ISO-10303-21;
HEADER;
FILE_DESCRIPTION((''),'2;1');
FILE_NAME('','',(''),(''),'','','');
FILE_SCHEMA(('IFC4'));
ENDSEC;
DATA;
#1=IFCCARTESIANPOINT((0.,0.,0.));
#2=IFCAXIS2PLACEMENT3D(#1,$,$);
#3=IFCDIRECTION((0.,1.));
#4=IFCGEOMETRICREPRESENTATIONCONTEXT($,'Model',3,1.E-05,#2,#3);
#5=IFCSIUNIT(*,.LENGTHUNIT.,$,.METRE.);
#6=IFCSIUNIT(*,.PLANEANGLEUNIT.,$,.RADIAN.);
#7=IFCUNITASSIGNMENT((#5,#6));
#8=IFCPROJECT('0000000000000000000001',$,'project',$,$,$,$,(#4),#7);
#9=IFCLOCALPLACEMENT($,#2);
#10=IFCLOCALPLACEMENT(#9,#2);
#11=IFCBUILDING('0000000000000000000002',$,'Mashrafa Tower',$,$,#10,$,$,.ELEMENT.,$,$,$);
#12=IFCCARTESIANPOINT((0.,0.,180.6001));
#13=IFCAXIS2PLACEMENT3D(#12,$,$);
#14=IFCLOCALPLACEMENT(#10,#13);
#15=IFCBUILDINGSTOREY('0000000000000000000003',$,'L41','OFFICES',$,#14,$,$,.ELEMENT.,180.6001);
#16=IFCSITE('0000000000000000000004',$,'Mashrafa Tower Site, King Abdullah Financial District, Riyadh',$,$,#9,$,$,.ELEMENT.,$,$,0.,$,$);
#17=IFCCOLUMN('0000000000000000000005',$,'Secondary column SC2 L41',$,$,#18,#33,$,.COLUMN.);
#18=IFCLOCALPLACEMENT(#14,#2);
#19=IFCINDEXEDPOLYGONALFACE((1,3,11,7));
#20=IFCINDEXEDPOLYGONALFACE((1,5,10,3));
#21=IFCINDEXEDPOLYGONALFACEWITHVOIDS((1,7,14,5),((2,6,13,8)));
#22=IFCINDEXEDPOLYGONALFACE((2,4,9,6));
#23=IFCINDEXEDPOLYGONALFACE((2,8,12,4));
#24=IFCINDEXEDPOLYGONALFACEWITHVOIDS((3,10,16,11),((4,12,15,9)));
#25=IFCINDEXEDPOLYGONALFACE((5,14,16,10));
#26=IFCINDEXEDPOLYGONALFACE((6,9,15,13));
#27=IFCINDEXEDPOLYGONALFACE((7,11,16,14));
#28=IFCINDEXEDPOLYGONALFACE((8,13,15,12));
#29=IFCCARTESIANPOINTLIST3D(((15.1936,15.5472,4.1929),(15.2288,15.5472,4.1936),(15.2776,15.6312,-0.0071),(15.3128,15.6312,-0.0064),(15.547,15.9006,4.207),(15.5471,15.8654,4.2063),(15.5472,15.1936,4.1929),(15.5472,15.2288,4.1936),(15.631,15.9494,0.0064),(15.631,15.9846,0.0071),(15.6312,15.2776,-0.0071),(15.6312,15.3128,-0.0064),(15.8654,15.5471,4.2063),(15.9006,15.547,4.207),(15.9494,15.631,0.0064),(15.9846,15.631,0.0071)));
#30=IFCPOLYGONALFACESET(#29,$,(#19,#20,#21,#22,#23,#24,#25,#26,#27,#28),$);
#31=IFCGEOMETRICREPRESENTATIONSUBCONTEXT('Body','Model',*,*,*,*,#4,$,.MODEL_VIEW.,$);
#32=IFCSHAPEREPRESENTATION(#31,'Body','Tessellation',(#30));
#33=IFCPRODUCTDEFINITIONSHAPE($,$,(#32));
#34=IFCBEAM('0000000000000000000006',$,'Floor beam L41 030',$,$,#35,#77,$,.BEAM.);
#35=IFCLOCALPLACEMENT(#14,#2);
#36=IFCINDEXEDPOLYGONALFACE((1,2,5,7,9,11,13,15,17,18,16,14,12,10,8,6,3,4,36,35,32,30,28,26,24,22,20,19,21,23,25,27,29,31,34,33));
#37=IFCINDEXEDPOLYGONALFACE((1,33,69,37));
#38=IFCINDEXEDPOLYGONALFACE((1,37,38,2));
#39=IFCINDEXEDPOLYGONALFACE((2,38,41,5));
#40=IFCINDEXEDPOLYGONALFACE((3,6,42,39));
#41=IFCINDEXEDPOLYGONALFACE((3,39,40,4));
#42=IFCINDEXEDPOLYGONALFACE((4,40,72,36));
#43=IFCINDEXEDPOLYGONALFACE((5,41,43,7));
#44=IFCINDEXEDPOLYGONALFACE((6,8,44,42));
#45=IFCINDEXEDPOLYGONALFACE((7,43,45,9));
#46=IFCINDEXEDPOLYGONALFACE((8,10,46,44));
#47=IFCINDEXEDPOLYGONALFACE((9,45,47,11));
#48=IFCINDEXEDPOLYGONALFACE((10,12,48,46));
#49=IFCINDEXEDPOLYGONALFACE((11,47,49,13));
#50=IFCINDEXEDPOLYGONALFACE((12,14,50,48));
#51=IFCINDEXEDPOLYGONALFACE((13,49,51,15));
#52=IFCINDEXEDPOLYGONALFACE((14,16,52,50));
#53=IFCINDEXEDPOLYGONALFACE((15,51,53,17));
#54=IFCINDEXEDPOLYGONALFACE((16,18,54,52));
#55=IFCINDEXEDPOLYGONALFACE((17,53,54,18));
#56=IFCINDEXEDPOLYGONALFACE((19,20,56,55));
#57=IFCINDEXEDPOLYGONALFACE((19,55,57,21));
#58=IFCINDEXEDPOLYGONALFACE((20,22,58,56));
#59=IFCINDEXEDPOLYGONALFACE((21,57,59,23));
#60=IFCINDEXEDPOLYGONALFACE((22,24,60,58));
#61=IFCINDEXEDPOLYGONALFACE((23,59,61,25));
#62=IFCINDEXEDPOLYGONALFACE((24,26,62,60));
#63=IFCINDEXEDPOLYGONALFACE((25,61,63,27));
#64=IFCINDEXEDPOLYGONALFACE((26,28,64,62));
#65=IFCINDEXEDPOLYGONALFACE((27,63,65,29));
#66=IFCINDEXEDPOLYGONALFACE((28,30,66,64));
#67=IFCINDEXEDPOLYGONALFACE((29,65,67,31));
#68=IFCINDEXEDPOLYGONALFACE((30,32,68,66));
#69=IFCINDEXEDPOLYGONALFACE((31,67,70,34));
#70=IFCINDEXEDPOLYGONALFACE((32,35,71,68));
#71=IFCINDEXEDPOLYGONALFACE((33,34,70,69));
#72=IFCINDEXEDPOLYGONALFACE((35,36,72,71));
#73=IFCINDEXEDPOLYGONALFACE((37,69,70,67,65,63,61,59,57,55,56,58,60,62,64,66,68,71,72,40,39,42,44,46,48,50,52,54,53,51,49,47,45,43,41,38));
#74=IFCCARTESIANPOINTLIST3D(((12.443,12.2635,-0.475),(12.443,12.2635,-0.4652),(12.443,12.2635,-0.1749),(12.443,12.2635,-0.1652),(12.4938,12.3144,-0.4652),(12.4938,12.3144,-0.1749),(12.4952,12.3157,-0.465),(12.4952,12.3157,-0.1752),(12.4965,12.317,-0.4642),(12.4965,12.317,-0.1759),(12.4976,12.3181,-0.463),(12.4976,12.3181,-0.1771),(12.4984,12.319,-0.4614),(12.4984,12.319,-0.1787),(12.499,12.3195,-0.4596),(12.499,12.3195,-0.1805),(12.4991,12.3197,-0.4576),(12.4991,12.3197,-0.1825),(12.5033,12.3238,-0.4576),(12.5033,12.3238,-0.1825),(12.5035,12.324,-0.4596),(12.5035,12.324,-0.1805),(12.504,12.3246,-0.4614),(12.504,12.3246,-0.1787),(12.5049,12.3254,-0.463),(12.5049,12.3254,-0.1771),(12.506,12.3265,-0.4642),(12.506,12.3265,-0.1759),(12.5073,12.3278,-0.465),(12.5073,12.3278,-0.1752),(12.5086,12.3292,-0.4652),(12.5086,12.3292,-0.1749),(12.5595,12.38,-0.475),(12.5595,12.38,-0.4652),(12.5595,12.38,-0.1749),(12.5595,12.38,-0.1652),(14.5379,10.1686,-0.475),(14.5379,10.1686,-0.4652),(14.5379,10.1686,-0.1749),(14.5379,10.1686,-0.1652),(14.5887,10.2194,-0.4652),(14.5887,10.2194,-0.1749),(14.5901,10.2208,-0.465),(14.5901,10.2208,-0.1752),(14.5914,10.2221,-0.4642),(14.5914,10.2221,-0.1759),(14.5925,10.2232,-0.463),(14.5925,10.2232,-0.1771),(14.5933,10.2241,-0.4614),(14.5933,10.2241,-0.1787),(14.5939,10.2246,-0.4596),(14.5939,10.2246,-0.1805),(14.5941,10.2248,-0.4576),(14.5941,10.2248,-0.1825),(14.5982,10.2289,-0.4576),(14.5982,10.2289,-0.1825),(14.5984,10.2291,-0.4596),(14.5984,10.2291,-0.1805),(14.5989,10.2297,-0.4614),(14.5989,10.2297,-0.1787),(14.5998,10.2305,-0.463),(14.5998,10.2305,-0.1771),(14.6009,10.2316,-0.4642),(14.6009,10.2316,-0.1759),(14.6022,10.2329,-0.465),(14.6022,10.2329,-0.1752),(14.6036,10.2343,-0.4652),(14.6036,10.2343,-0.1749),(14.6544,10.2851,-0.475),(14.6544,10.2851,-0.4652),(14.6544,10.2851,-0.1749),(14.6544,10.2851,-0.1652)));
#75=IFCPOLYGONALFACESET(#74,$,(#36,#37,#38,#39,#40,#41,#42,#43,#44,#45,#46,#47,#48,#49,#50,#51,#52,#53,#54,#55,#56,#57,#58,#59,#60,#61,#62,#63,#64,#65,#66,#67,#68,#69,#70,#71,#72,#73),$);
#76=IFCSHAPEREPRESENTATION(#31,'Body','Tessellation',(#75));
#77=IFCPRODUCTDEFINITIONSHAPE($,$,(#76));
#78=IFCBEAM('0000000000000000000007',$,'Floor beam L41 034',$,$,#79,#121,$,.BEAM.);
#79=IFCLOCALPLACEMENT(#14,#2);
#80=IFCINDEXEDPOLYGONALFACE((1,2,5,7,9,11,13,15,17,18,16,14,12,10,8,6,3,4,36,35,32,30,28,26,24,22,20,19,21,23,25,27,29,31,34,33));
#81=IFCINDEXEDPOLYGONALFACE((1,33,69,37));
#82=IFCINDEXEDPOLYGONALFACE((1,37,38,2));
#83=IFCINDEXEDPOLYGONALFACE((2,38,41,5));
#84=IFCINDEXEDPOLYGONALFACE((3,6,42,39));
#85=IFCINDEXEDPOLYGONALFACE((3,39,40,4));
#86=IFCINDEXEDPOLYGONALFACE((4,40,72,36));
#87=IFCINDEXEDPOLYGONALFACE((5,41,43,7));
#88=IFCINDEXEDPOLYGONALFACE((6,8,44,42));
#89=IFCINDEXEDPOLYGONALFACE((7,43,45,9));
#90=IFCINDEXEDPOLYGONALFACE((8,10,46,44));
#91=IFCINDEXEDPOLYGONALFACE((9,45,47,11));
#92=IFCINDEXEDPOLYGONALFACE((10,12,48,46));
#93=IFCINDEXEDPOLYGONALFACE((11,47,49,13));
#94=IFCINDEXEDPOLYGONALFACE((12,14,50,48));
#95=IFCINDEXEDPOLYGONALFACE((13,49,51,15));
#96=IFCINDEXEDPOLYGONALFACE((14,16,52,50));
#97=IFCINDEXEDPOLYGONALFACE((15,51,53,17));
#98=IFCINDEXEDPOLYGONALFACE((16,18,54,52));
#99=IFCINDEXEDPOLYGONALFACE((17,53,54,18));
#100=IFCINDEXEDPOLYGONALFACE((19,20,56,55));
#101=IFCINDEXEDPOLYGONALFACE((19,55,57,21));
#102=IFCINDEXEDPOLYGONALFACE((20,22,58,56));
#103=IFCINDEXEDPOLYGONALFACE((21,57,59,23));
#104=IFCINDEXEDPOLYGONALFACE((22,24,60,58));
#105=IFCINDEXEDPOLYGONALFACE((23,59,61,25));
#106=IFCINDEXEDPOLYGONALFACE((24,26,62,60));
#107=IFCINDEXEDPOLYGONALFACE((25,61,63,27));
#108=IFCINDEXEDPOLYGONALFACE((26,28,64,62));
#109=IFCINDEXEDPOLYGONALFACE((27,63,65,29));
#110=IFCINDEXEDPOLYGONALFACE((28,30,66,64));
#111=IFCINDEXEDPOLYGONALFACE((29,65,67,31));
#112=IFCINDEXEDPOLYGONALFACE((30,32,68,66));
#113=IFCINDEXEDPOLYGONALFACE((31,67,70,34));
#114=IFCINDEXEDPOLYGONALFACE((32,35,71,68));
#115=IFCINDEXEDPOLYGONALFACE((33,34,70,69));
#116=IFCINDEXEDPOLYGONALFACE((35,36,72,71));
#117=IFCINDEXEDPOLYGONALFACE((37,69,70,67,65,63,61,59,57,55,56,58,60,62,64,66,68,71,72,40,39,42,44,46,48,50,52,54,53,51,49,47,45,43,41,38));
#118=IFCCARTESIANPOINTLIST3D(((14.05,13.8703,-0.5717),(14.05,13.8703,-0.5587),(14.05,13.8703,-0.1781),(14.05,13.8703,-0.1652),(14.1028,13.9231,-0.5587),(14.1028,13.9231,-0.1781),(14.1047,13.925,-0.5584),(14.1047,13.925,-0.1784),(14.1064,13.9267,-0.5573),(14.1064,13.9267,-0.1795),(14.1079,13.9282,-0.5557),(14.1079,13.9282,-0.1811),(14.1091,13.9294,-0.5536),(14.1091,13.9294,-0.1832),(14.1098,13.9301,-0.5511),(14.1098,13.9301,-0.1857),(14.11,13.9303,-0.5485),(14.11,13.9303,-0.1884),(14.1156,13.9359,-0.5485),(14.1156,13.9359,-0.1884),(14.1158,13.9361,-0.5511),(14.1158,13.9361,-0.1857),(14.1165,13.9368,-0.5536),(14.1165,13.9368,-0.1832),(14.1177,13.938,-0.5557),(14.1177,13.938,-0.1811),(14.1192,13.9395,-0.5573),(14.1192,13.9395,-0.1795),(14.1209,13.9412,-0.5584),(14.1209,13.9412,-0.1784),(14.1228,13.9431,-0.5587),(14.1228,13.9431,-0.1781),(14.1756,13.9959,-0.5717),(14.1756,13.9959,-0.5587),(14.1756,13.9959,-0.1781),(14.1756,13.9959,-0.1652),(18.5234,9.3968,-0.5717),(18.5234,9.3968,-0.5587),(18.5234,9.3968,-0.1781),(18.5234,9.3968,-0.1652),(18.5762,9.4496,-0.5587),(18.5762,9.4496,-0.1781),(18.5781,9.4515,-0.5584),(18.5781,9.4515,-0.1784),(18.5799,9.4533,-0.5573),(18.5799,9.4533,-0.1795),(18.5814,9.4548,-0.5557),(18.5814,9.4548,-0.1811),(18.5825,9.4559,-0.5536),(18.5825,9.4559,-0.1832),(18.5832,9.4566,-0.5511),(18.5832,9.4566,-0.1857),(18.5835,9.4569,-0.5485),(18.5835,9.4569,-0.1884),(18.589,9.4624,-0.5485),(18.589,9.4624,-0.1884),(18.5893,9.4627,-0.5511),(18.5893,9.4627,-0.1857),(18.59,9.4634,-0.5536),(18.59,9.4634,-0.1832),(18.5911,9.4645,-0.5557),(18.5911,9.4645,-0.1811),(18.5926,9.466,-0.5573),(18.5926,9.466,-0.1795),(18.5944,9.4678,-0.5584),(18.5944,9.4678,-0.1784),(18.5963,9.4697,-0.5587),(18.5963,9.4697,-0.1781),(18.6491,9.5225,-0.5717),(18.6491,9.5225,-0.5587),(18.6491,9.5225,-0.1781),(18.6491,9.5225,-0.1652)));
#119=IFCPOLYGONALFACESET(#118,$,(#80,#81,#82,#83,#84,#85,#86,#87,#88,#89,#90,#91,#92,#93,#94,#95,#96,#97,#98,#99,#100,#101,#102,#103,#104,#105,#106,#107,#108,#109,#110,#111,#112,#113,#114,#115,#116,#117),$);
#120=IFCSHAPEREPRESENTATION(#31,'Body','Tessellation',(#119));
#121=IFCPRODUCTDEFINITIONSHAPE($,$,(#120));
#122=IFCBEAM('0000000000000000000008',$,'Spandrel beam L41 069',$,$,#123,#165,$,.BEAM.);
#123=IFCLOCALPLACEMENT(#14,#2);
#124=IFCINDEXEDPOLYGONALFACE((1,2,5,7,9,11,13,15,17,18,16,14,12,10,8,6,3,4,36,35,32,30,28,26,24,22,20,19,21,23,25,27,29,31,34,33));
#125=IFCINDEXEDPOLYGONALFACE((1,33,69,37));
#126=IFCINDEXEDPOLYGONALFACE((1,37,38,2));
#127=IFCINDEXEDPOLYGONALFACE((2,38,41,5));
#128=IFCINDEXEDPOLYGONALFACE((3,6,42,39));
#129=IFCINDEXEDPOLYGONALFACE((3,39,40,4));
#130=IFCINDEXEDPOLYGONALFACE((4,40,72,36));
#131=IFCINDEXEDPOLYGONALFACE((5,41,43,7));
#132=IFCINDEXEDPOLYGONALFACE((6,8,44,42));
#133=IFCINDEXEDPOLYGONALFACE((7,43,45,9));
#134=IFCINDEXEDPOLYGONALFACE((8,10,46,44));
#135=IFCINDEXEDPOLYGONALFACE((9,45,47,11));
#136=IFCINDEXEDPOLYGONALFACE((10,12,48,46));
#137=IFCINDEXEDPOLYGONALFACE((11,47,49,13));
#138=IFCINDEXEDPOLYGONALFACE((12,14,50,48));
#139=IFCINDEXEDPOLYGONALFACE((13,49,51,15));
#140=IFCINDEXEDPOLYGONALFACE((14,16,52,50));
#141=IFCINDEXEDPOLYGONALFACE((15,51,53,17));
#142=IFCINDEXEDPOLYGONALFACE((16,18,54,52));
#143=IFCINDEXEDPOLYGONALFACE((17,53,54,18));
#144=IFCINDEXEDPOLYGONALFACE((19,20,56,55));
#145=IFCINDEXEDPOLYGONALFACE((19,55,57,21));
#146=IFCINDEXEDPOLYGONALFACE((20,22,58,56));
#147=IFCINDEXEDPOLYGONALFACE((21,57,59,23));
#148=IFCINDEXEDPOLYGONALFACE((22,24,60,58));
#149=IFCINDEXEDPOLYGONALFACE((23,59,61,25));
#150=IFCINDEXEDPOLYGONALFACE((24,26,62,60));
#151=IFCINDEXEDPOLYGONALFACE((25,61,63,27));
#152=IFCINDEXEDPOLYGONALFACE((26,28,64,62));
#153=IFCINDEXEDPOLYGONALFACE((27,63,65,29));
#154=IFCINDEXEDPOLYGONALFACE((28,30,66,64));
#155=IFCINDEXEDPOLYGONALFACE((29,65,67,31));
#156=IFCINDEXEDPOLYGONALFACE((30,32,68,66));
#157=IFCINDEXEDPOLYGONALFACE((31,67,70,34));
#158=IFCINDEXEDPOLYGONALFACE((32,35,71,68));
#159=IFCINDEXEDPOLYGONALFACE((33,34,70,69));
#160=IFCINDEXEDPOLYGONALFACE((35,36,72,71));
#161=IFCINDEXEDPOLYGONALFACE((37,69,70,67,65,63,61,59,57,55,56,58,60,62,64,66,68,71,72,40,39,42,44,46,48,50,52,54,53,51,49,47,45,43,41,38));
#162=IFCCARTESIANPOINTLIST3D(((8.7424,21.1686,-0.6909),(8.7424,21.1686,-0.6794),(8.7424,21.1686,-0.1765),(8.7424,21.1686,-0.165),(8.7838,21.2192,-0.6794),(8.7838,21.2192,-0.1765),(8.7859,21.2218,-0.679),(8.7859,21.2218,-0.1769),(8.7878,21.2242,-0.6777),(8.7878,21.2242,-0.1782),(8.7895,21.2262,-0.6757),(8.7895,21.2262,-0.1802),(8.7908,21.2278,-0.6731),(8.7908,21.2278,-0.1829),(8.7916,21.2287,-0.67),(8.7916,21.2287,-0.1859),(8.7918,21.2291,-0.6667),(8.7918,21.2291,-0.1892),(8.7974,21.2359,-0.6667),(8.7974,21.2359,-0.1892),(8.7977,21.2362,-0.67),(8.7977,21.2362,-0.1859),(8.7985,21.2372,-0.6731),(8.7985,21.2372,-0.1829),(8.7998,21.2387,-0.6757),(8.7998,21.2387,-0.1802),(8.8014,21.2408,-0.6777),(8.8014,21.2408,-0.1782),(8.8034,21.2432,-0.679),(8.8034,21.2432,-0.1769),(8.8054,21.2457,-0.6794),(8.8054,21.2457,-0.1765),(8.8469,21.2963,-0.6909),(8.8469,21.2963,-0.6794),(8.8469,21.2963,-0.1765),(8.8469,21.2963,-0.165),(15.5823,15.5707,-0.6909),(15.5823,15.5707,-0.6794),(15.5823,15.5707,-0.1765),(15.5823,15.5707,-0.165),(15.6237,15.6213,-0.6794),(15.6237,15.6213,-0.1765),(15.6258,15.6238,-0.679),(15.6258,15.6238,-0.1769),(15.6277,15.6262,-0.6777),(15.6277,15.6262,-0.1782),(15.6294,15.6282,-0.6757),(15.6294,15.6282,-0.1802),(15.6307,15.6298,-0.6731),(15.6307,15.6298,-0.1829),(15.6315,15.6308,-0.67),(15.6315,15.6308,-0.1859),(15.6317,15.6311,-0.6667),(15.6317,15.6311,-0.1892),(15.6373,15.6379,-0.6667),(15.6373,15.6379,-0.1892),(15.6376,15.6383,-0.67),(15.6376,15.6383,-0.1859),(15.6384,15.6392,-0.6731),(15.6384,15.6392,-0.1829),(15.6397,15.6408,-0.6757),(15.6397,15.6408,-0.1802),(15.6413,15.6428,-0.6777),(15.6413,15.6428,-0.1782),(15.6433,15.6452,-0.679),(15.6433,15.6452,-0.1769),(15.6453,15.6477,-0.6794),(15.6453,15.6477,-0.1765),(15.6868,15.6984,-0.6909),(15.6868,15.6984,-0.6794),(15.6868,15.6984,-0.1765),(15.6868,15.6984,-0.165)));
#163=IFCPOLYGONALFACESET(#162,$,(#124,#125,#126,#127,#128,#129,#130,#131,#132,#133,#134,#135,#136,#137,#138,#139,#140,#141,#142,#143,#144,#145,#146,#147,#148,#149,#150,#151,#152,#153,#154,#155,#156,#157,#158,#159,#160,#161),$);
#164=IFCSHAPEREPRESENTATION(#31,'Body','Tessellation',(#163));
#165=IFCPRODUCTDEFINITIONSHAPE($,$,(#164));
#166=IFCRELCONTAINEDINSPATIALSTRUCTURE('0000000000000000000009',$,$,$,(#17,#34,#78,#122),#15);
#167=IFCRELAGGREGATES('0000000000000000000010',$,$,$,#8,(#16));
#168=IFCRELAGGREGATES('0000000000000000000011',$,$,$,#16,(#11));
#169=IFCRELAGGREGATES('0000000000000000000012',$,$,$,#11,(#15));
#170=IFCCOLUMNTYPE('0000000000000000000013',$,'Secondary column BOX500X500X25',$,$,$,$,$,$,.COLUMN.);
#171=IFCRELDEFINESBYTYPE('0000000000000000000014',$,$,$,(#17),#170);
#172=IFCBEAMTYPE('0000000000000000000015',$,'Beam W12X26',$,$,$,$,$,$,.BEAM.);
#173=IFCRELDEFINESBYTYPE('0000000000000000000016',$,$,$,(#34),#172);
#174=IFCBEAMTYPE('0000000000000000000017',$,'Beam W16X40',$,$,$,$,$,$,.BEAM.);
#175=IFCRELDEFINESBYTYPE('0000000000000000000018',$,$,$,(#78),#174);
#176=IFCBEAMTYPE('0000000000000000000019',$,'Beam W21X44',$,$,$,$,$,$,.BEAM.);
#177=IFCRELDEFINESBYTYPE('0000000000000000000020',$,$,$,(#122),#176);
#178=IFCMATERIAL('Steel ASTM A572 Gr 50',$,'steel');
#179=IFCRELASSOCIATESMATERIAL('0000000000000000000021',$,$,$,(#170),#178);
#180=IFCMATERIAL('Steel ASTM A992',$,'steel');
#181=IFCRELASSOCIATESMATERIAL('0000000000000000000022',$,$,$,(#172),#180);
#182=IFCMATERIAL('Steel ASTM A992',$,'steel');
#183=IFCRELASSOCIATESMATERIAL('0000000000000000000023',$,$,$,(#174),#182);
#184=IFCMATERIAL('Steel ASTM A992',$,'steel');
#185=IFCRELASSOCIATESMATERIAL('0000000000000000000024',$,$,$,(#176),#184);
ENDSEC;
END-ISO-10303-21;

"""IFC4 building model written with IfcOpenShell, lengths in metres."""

from ifc_helpers import new_model, si_unit, direction, frame, origin, origin_2d, place, context, subcontext, project, spatial, hollow_rectangle, i_section, extrude, material, material_profile, profile_set, type_object, element, save


model = new_model("IFC4")

# Units and contexts
model_context = context("Model", 3, precision=1e-05, world=origin(), true_north=direction((0.0, 1.0)))
body_context = subcontext(model_context, "Body", "Model", "MODEL_VIEW")
ifc_project = project(units=[si_unit("LENGTHUNIT", "METRE"), si_unit("PLANEANGLEUNIT", "RADIAN")], contexts=[model_context])

# Site, building, storey
site_placement = place(None, origin())
site = spatial("IfcSite", under=ifc_project, at=site_placement, Name="Mashrafa Tower Site, King Abdullah Financial District, Riyadh", CompositionType="ELEMENT", RefElevation=0.0)
building_placement = place(site_placement, origin())
building = spatial("IfcBuilding", under=site, at=building_placement, Name="Mashrafa Tower", CompositionType="ELEMENT")
storey_placement = place(building_placement, frame((0.0, 0.0, 180.6001)))
storey = spatial("IfcBuildingStorey", under=building, at=storey_placement, Name="L41", Description="OFFICES", CompositionType="ELEMENT", Elevation=180.6001)

# Column
ifc_material_1 = material(Name="Steel ASTM A572 Gr 50", Category="steel")
ifc_material_profile_1 = material_profile(ifc_material_1, hollow_rectangle(XDim=0.5, YDim=0.5, WallThickness=0.0249, at=origin_2d()), Name="BOX500X500X25")
ifc_profile_set_1 = profile_set([ifc_material_profile_1], Name="Steel ASTM A572 Gr 50")
column_type = type_object("IfcColumnType", Name="Secondary column BOX500X500X25", PredefinedType="COLUMN", material=ifc_profile_set_1)
column_placement = place(storey_placement, frame((15.6311, 15.6311, 0.0), z_axis=(-0.019989, -0.019989, 0.9996), x_axis=(0.707107, -0.707107, 0.0)))
element("IfcColumn", 1, at=column_placement, inside=storey, type_object=column_type, Name="Secondary column SC2 L41", PredefinedType="COLUMN", context=body_context, shape_type="SweptSolid", body=[
    extrude(hollow_rectangle(XDim=0.5, YDim=0.5, WallThickness=0.0249, at=origin_2d()), origin(), (0.0, 0.0, 1.0), 4.2017),
])

# Beams
ifc_material_2 = material(Name="Steel ASTM A992", Category="steel")
ifc_material_profile_2 = material_profile(ifc_material_2, i_section(OverallWidth=0.1648, OverallDepth=0.3098, WebThickness=0.0059, FlangeThickness=0.0098, FilletRadius=0.0076, at=origin_2d()), Name="W12X26")
ifc_profile_set_2 = profile_set([ifc_material_profile_2], Name="Steel ASTM A992")
beam_type_1 = type_object("IfcBeamType", Name="Beam W12X26", PredefinedType="BEAM", material=ifc_profile_set_2)
beam_1_placement = place(storey_placement, frame((12.5012, 12.3218, -0.3201), z_axis=(0.707107, -0.707107, 0.0), x_axis=(0.707107, 0.707107, 0.0)))
element("IfcBeam", 2, at=beam_1_placement, inside=storey, type_object=beam_type_1, Name="Floor beam L41 030", PredefinedType="BEAM", context=body_context, shape_type="SweptSolid", body=[
    extrude(i_section(OverallWidth=0.1648, OverallDepth=0.3098, WebThickness=0.0059, FlangeThickness=0.0098, FilletRadius=0.0076, at=origin_2d()), origin(), (0.0, 0.0, 1.0), 2.9626),
])
ifc_material_3 = material(Name="Steel ASTM A992", Category="steel")
ifc_material_profile_3 = material_profile(ifc_material_3, i_section(OverallWidth=0.1777, OverallDepth=0.4065, WebThickness=0.0078, FlangeThickness=0.0129, FilletRadius=0.0103, at=origin_2d()), Name="W16X40")
ifc_profile_set_3 = profile_set([ifc_material_profile_3], Name="Steel ASTM A992")
beam_type_2 = type_object("IfcBeamType", Name="Beam W16X40", PredefinedType="BEAM", material=ifc_profile_set_3)
beam_2_placement = place(storey_placement, frame((14.1128, 13.9331, -0.3684), z_axis=(0.707107, -0.707107, 0.0), x_axis=(0.707107, 0.707107, 0.0)))
element("IfcBeam", 3, at=beam_2_placement, inside=storey, type_object=beam_type_2, Name="Floor beam L41 034", PredefinedType="BEAM", context=body_context, shape_type="SweptSolid", body=[
    extrude(i_section(OverallWidth=0.1777, OverallDepth=0.4065, WebThickness=0.0078, FlangeThickness=0.0129, FilletRadius=0.0103, at=origin_2d()), origin(), (0.0, 0.0, 1.0), 6.3264),
])
ifc_material_4 = material(Name="Steel ASTM A992", Category="steel")
ifc_material_profile_4 = material_profile(ifc_material_4, i_section(OverallWidth=0.165, OverallDepth=0.5259, WebThickness=0.0088, FlangeThickness=0.0115, FilletRadius=0.0127, at=origin_2d()), Name="W21X44")
ifc_profile_set_4 = profile_set([ifc_material_profile_4], Name="Steel ASTM A992")
beam_type_3 = type_object("IfcBeamType", Name="Beam W21X44", PredefinedType="BEAM", material=ifc_profile_set_4)
beam_3_placement = place(storey_placement, frame((15.6345, 15.6345, -0.428), z_axis=(-0.773865, 0.633351, 0.0), x_axis=(-0.633351, -0.773865, 0.0)))
element("IfcBeam", 4, at=beam_3_placement, inside=storey, type_object=beam_type_3, Name="Spandrel beam L41 069", PredefinedType="BEAM", context=body_context, shape_type="SweptSolid", body=[
    extrude(i_section(OverallWidth=0.165, OverallDepth=0.5259, WebThickness=0.0088, FlangeThickness=0.0115, FilletRadius=0.0127, at=origin_2d()), origin(), (0.0, 0.0, 1.0), 8.8386),
])

save(model, "model.ifc")
